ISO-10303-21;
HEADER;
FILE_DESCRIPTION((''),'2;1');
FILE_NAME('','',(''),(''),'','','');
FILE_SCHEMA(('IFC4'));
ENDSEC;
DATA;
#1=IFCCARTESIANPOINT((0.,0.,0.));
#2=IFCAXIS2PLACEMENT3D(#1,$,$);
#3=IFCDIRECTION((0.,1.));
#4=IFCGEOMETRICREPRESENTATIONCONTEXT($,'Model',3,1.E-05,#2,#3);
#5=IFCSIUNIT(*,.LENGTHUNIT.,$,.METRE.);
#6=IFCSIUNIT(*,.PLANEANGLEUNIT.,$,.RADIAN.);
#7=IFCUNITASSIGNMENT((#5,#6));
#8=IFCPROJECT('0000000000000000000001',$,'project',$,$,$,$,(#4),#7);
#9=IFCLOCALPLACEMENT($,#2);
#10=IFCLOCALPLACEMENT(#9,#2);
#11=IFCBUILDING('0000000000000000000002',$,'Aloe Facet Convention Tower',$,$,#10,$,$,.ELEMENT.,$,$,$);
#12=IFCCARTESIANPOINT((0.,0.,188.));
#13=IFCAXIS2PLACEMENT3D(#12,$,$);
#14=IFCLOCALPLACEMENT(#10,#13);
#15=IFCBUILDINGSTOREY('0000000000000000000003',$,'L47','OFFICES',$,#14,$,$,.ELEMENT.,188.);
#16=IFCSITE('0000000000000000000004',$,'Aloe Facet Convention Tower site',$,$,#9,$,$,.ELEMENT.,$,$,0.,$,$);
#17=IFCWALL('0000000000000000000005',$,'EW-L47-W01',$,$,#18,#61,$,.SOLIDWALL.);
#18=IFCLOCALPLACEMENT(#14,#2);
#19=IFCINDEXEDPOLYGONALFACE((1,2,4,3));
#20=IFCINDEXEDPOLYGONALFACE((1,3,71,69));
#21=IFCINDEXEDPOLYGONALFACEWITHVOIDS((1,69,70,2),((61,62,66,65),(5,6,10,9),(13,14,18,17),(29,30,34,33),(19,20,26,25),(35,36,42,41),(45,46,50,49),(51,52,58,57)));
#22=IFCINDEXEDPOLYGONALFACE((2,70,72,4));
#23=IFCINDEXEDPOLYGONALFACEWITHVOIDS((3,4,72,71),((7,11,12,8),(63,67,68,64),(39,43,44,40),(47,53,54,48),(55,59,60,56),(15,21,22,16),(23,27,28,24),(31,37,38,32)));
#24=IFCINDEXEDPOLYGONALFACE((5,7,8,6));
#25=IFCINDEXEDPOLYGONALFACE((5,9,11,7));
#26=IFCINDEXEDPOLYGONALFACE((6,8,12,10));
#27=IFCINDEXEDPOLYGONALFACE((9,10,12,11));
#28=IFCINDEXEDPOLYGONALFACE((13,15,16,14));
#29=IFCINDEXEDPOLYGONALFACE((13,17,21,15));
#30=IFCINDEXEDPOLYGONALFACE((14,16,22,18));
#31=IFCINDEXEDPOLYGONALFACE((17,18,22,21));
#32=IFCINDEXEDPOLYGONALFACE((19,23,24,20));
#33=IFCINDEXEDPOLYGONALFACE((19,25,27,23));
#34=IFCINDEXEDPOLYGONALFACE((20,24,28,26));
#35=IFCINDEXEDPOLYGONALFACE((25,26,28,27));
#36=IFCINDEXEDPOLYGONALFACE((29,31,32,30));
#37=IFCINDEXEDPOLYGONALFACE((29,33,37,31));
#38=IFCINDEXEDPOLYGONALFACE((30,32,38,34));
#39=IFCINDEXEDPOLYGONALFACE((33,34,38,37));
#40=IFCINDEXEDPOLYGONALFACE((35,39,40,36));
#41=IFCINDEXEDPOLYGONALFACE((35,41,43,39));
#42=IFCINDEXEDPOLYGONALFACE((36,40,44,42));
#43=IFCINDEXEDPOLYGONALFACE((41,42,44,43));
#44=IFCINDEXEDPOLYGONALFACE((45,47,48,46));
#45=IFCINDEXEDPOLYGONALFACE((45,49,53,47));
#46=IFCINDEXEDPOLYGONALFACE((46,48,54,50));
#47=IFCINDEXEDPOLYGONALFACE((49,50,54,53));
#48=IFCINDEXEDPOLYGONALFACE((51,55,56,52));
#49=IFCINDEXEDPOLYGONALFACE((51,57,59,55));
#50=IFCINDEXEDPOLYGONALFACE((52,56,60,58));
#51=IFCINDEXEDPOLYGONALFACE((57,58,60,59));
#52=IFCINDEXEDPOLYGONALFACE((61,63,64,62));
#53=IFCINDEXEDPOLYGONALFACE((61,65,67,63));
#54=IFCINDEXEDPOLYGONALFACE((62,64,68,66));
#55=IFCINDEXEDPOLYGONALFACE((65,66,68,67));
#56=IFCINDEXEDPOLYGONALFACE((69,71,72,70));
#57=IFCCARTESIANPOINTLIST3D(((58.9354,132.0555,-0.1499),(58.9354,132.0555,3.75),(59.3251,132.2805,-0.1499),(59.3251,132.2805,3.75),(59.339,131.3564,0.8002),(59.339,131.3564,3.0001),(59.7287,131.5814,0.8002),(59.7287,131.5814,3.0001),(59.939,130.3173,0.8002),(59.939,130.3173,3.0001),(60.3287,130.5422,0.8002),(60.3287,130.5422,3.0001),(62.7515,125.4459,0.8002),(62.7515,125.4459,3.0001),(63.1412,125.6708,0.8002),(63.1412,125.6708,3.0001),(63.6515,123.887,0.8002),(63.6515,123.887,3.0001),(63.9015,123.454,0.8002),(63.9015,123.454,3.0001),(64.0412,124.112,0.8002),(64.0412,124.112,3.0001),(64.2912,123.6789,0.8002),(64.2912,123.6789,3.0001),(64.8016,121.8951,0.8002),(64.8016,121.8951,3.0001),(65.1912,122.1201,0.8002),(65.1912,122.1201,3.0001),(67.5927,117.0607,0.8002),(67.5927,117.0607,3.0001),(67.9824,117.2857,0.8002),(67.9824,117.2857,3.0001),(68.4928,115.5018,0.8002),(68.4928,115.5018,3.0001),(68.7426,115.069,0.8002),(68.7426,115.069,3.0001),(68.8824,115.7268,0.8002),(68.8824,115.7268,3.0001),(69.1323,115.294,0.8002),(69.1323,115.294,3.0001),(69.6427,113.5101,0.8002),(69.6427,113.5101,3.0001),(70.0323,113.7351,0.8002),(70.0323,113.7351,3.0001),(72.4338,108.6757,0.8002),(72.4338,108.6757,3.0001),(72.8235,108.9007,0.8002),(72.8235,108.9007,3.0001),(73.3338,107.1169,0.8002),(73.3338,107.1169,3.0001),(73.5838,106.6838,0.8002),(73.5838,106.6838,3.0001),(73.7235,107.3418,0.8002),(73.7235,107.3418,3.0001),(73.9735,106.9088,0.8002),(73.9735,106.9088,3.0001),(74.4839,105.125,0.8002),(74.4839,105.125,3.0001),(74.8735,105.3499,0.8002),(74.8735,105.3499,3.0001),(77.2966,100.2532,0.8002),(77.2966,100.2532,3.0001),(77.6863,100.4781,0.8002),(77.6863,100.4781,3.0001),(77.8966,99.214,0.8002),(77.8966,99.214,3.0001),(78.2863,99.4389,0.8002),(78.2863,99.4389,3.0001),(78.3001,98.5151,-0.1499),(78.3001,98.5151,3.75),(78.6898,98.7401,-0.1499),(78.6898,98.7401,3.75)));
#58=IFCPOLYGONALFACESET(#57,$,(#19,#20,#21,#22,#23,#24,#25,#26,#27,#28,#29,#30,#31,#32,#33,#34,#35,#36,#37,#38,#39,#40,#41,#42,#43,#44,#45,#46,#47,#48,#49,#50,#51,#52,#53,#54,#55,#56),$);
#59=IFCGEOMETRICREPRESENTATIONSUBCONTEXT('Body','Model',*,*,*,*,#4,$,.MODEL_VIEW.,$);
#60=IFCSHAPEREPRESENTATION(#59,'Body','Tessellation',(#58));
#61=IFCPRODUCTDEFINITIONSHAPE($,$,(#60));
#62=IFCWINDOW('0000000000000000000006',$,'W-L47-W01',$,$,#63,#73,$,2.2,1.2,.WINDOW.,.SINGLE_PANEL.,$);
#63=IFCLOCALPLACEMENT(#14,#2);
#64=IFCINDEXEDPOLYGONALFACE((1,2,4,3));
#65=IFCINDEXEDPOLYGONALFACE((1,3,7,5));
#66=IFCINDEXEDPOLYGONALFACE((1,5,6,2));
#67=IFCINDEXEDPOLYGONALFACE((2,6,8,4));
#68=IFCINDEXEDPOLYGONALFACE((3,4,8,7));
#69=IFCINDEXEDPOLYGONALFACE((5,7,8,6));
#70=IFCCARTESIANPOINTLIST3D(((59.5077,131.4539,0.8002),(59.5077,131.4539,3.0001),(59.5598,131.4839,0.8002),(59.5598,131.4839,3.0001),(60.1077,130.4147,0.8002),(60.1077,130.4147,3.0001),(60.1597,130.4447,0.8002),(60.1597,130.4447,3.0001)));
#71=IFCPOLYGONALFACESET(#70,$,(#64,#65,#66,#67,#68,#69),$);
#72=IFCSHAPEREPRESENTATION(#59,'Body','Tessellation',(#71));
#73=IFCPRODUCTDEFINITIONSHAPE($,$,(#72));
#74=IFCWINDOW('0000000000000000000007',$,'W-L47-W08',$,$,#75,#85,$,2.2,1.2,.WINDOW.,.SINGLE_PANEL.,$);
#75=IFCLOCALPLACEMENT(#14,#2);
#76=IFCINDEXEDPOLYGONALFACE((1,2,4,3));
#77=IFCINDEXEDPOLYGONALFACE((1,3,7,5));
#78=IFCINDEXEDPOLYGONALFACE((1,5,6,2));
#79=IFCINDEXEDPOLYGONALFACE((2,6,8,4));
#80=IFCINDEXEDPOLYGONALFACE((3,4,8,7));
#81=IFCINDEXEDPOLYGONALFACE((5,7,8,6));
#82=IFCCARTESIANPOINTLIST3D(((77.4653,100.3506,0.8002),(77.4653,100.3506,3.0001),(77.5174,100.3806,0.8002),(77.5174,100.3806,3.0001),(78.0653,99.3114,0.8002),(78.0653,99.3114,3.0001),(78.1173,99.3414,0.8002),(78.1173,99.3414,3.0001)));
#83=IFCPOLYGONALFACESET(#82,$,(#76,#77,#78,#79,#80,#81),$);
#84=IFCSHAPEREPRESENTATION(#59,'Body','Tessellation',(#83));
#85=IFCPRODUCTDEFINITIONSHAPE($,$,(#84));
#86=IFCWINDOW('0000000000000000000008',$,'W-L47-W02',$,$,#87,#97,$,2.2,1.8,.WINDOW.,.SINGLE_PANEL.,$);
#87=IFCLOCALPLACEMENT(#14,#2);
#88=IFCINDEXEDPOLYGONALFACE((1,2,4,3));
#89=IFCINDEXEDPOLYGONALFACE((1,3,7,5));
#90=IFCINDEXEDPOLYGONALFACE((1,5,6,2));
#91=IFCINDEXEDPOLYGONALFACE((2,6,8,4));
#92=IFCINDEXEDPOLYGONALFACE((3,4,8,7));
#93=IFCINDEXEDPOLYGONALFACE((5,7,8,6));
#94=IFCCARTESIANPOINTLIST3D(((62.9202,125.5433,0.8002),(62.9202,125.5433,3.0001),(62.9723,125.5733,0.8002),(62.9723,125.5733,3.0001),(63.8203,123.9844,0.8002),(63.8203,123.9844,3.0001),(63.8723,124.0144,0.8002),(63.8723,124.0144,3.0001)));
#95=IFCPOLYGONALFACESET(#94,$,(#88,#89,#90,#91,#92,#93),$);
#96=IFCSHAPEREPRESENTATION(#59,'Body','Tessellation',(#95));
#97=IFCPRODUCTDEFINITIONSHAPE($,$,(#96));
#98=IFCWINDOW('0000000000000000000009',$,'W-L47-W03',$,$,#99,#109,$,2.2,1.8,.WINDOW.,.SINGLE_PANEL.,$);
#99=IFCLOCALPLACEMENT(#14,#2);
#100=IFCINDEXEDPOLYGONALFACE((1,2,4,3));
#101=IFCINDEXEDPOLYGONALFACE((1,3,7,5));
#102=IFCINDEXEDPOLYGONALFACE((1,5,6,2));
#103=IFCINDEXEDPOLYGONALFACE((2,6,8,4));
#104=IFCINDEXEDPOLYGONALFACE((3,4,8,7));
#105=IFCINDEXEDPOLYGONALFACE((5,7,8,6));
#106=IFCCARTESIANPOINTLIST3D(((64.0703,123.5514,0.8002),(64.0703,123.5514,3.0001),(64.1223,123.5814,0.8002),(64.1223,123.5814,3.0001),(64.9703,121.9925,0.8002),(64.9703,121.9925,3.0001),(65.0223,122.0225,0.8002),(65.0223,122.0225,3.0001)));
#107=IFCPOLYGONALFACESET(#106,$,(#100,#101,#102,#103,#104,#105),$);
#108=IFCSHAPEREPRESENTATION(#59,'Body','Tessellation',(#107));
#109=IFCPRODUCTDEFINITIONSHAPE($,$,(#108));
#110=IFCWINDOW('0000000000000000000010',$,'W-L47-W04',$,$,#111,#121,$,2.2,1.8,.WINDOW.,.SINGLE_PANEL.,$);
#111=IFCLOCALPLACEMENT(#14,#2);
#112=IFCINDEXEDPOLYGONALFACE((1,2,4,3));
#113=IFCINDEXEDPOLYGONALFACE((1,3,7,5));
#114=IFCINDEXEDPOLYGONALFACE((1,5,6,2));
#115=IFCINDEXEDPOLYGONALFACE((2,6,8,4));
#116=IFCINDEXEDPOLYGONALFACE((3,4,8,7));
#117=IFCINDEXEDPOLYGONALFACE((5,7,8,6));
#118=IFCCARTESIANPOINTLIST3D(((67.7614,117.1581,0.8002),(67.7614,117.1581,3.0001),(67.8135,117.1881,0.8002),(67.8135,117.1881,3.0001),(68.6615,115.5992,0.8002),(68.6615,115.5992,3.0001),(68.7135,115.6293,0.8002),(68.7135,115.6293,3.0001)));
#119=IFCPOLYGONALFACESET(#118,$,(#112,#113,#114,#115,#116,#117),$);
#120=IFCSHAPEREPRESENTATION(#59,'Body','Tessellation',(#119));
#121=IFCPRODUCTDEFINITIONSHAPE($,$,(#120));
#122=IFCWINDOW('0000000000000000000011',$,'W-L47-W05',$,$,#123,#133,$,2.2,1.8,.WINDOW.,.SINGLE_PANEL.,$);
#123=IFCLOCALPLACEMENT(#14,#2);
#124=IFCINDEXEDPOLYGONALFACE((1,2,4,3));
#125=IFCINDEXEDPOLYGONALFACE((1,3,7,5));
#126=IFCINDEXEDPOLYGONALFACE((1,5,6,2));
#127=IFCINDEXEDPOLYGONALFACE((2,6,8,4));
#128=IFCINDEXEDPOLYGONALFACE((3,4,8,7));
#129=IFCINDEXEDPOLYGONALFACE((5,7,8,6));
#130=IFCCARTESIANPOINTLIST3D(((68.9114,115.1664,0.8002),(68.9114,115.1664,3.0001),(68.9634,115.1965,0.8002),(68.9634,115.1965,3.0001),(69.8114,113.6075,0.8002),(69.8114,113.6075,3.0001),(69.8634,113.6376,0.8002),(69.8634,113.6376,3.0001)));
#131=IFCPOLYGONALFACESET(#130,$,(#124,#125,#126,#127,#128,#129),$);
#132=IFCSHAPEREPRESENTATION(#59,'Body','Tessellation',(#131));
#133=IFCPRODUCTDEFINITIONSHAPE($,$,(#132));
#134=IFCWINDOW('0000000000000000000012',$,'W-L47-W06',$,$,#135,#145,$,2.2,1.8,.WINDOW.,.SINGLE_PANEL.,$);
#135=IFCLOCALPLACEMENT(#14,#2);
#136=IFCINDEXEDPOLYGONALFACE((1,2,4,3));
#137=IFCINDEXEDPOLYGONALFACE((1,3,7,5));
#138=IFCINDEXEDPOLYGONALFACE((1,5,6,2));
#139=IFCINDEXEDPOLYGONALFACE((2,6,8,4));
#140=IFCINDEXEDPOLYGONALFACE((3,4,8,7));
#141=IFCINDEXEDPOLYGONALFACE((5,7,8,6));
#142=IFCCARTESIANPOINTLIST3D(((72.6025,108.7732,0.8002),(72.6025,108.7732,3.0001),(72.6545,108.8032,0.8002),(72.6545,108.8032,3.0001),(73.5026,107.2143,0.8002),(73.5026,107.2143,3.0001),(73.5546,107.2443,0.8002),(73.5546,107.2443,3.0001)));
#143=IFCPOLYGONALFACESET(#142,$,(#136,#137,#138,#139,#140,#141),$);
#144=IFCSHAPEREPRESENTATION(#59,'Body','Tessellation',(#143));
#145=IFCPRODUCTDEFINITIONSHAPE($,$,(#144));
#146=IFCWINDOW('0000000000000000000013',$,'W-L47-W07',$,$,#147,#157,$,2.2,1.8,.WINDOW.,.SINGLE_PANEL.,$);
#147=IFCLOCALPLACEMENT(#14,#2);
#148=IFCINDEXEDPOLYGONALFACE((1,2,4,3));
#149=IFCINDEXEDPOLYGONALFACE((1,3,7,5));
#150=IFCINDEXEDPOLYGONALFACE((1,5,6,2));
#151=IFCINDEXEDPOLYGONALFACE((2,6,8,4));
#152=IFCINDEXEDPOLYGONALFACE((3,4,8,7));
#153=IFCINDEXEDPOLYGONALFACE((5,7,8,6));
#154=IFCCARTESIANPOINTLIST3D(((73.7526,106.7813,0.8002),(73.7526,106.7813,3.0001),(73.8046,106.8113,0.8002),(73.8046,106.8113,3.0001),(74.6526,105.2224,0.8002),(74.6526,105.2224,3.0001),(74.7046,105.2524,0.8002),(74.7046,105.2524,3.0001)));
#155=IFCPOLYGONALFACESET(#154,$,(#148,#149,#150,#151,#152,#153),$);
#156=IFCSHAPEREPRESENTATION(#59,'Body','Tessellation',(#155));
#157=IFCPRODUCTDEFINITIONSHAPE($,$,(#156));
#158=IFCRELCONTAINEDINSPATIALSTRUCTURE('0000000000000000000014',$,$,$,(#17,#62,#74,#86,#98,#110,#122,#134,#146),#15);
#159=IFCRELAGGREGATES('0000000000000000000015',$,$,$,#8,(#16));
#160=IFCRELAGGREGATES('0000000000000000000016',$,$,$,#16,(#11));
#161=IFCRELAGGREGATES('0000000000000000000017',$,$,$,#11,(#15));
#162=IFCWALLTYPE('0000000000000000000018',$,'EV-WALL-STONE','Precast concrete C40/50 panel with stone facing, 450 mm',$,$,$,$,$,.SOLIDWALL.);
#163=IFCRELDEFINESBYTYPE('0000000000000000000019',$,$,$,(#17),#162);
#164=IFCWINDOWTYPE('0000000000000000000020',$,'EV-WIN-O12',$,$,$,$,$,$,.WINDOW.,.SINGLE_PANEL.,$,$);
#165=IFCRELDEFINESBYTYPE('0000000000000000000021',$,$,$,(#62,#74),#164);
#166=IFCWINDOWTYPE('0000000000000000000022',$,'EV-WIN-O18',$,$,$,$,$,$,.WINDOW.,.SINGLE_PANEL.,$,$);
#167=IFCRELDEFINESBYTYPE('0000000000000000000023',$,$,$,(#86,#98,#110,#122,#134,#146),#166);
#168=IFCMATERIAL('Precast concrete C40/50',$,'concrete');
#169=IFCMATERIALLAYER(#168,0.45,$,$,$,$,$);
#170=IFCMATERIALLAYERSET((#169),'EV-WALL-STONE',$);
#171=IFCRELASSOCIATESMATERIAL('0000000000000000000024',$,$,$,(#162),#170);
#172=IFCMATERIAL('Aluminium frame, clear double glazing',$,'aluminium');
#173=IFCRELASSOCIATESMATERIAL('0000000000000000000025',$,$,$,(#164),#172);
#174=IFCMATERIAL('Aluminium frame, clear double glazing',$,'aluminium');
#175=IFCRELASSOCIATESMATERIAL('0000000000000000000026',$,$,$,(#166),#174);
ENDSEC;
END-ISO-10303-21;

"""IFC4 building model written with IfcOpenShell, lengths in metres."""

from ifc_helpers import new_model, si_unit, direction, frame, frame_2d, origin, place, context, subcontext, project, spatial, polyline, rectangle, outline, extrude, material, layer, layer_set, type_object, element, fill, save


model = new_model("IFC4")

# Units and contexts
model_context = context("Model", 3, precision=1e-05, world=origin(), true_north=direction((0.0, 1.0)))
body_context = subcontext(model_context, "Body", "Model", "MODEL_VIEW")
ifc_project = project(units=[si_unit("LENGTHUNIT", "METRE"), si_unit("PLANEANGLEUNIT", "RADIAN")], contexts=[model_context])

# Site, building, storey
site_placement = place(None, origin())
site = spatial("IfcSite", under=ifc_project, at=site_placement, Name="Aloe Facet Convention Tower site", CompositionType="ELEMENT", RefElevation=0.0)
building_placement = place(site_placement, origin())
building = spatial("IfcBuilding", under=site, at=building_placement, Name="Aloe Facet Convention Tower", CompositionType="ELEMENT")
storey_placement = place(building_placement, frame((0.0, 0.0, 188.0)))
storey = spatial("IfcBuildingStorey", under=building, at=storey_placement, Name="L47", Description="OFFICES", CompositionType="ELEMENT", Elevation=188.0)

# Wall, openings, windows
ifc_material_1 = material(Name="Precast concrete C40/50", Category="concrete")
ifc_layer_1 = layer(ifc_material_1, 0.45)
ifc_layer_set_1 = layer_set([ifc_layer_1], Name="EV-WALL-STONE")
wall_type_1 = type_object("IfcWallType", Name="EV-WALL-STONE", Description="Precast concrete C40/50 panel with stone facing, 450 mm", PredefinedType="SOLIDWALL", material=ifc_layer_set_1)
wall_1_placement = place(storey_placement, frame((59.1301, 132.168, -0.1499), z_axis=(0.0, 0.0, 1.0), x_axis=(0.500002, -0.866024, 0.0)))
wall_1 = element("IfcWall", 1, at=wall_1_placement, inside=storey, type_object=wall_type_1, Name="EW-L47-W01", PredefinedType="SOLIDWALL", context=body_context, shape_type="SweptSolid", body=[
    extrude(outline(polyline([(38.7292, 0.0), (38.7292, 3.8999), (0.0, 3.8999), (0.0, 0.0), (38.7292, 0.0)])), frame((0.0, 0.2251, 0.0), z_axis=(0.0, -1.0, 0.0), x_axis=(1.0, 0.0, 0.0)), (0.0, 0.0, 1.0), 0.45),
])
opening_1_placement = place(wall_1_placement, frame((0.8071, 0.0, 0.95)))
opening_1 = element("IfcOpeningElement", 2, at=opening_1_placement, cuts=wall_1, PredefinedType="OPENING", context=body_context, shape_type="SweptSolid", body=[
    extrude(rectangle(XDim=1.2, YDim=2.2, at=frame_2d((0.6001, 1.1001))), frame((0.0, 0.2349, 0.0), z_axis=(0.0, -1.0, 0.0), x_axis=(1.0, 0.0, 0.0)), (0.0, 0.0, 1.0), 0.47),
])
opening_2_placement = place(wall_1_placement, frame((7.6323, 0.0, 0.95)))
opening_2 = element("IfcOpeningElement", 3, at=opening_2_placement, cuts=wall_1, PredefinedType="OPENING", context=body_context, shape_type="SweptSolid", body=[
    extrude(rectangle(XDim=1.8, YDim=2.2, at=frame_2d((0.8999, 1.1001))), frame((0.0, 0.2349, 0.0), z_axis=(0.0, -1.0, 0.0), x_axis=(1.0, 0.0, 0.0)), (0.0, 0.0, 1.0), 0.47),
])
opening_3_placement = place(wall_1_placement, frame((9.9324, 0.0, 0.95)))
opening_3 = element("IfcOpeningElement", 4, at=opening_3_placement, cuts=wall_1, PredefinedType="OPENING", context=body_context, shape_type="SweptSolid", body=[
    extrude(rectangle(XDim=1.8, YDim=2.2, at=frame_2d((0.8999, 1.1001))), frame((0.0, 0.2349, 0.0), z_axis=(0.0, -1.0, 0.0), x_axis=(1.0, 0.0, 0.0)), (0.0, 0.0, 1.0), 0.47),
])
opening_4_placement = place(wall_1_placement, frame((17.3147, 0.0, 0.95)))
opening_4 = element("IfcOpeningElement", 5, at=opening_4_placement, cuts=wall_1, PredefinedType="OPENING", context=body_context, shape_type="SweptSolid", body=[
    extrude(rectangle(XDim=1.8, YDim=2.2, at=frame_2d((0.8999, 1.1001))), frame((0.0, 0.2349, 0.0), z_axis=(0.0, -1.0, 0.0), x_axis=(1.0, 0.0, 0.0)), (0.0, 0.0, 1.0), 0.47),
])
opening_5_placement = place(wall_1_placement, frame((19.6145, 0.0, 0.95)))
opening_5 = element("IfcOpeningElement", 6, at=opening_5_placement, cuts=wall_1, PredefinedType="OPENING", context=body_context, shape_type="SweptSolid", body=[
    extrude(rectangle(XDim=1.8, YDim=2.2, at=frame_2d((0.8999, 1.1001))), frame((0.0, 0.2349, 0.0), z_axis=(0.0, -1.0, 0.0), x_axis=(1.0, 0.0, 0.0)), (0.0, 0.0, 1.0), 0.47),
])
opening_6_placement = place(wall_1_placement, frame((26.9968, 0.0, 0.95)))
opening_6 = element("IfcOpeningElement", 7, at=opening_6_placement, cuts=wall_1, PredefinedType="OPENING", context=body_context, shape_type="SweptSolid", body=[
    extrude(rectangle(XDim=1.8, YDim=2.2, at=frame_2d((0.8999, 1.1001))), frame((0.0, 0.2349, 0.0), z_axis=(0.0, -1.0, 0.0), x_axis=(1.0, 0.0, 0.0)), (0.0, 0.0, 1.0), 0.47),
])
opening_7_placement = place(wall_1_placement, frame((29.2969, 0.0, 0.95)))
opening_7 = element("IfcOpeningElement", 8, at=opening_7_placement, cuts=wall_1, PredefinedType="OPENING", context=body_context, shape_type="SweptSolid", body=[
    extrude(rectangle(XDim=1.8, YDim=2.2, at=frame_2d((0.8999, 1.1001))), frame((0.0, 0.2349, 0.0), z_axis=(0.0, -1.0, 0.0), x_axis=(1.0, 0.0, 0.0)), (0.0, 0.0, 1.0), 0.47),
])
opening_8_placement = place(wall_1_placement, frame((36.7222, 0.0, 0.95)))
opening_8 = element("IfcOpeningElement", 9, at=opening_8_placement, cuts=wall_1, PredefinedType="OPENING", context=body_context, shape_type="SweptSolid", body=[
    extrude(rectangle(XDim=1.2, YDim=2.2, at=frame_2d((0.6001, 1.1001))), frame((0.0, 0.2349, 0.0), z_axis=(0.0, -1.0, 0.0), x_axis=(1.0, 0.0, 0.0)), (0.0, 0.0, 1.0), 0.47),
])
ifc_material_2 = material(Name="Aluminium frame, clear double glazing", Category="aluminium")
window_type_1 = type_object("IfcWindowType", Name="EV-WIN-O12", PartitioningType="SINGLE_PANEL", PredefinedType="WINDOW", material=ifc_material_2)
window_1_placement = place(opening_1_placement, origin())
window_1 = element("IfcWindow", 10, at=window_1_placement, inside=storey, type_object=window_type_1, Name="W-L47-W01", OverallHeight=2.2, OverallWidth=1.2, PartitioningType="SINGLE_PANEL", PredefinedType="WINDOW", context=body_context, shape_type="SweptSolid", body=[
    extrude(rectangle(XDim=1.2, YDim=2.2, at=frame_2d((0.6001, 1.1001))), frame((0.0, 0.03, 0.0), z_axis=(0.0, -1.0, 0.0), x_axis=(1.0, 0.0, 0.0)), (0.0, 0.0, 1.0), 0.0601),
])
fill(opening_1, window_1)
window_2_placement = place(opening_8_placement, origin())
window_2 = element("IfcWindow", 11, at=window_2_placement, inside=storey, type_object=window_type_1, Name="W-L47-W08", OverallHeight=2.2, OverallWidth=1.2, PartitioningType="SINGLE_PANEL", PredefinedType="WINDOW", context=body_context, shape_type="SweptSolid", body=[
    extrude(rectangle(XDim=1.2, YDim=2.2, at=frame_2d((0.6001, 1.1001))), frame((0.0, 0.03, 0.0), z_axis=(0.0, -1.0, 0.0), x_axis=(1.0, 0.0, 0.0)), (0.0, 0.0, 1.0), 0.0601),
])
fill(opening_8, window_2)
ifc_material_3 = material(Name="Aluminium frame, clear double glazing", Category="aluminium")
window_type_2 = type_object("IfcWindowType", Name="EV-WIN-O18", PartitioningType="SINGLE_PANEL", PredefinedType="WINDOW", material=ifc_material_3)
window_3_placement = place(opening_2_placement, origin())
window_3 = element("IfcWindow", 12, at=window_3_placement, inside=storey, type_object=window_type_2, Name="W-L47-W02", OverallHeight=2.2, OverallWidth=1.8, PartitioningType="SINGLE_PANEL", PredefinedType="WINDOW", context=body_context, shape_type="SweptSolid", body=[
    extrude(rectangle(XDim=1.8, YDim=2.2, at=frame_2d((0.8999, 1.1001))), frame((0.0, 0.03, 0.0), z_axis=(0.0, -1.0, 0.0), x_axis=(1.0, 0.0, 0.0)), (0.0, 0.0, 1.0), 0.0601),
])
fill(opening_2, window_3)
window_4_placement = place(opening_3_placement, origin())
window_4 = element("IfcWindow", 13, at=window_4_placement, inside=storey, type_object=window_type_2, Name="W-L47-W03", OverallHeight=2.2, OverallWidth=1.8, PartitioningType="SINGLE_PANEL", PredefinedType="WINDOW", context=body_context, shape_type="SweptSolid", body=[
    extrude(rectangle(XDim=1.8, YDim=2.2, at=frame_2d((0.8999, 1.1001))), frame((0.0, 0.03, 0.0), z_axis=(0.0, -1.0, 0.0), x_axis=(1.0, 0.0, 0.0)), (0.0, 0.0, 1.0), 0.0601),
])
fill(opening_3, window_4)
window_5_placement = place(opening_4_placement, origin())
window_5 = element("IfcWindow", 14, at=window_5_placement, inside=storey, type_object=window_type_2, Name="W-L47-W04", OverallHeight=2.2, OverallWidth=1.8, PartitioningType="SINGLE_PANEL", PredefinedType="WINDOW", context=body_context, shape_type="SweptSolid", body=[
    extrude(rectangle(XDim=1.8, YDim=2.2, at=frame_2d((0.8999, 1.1001))), frame((0.0, 0.03, 0.0), z_axis=(0.0, -1.0, 0.0), x_axis=(1.0, 0.0, 0.0)), (0.0, 0.0, 1.0), 0.0601),
])
fill(opening_4, window_5)
window_6_placement = place(opening_5_placement, origin())
window_6 = element("IfcWindow", 15, at=window_6_placement, inside=storey, type_object=window_type_2, Name="W-L47-W05", OverallHeight=2.2, OverallWidth=1.8, PartitioningType="SINGLE_PANEL", PredefinedType="WINDOW", context=body_context, shape_type="SweptSolid", body=[
    extrude(rectangle(XDim=1.8, YDim=2.2, at=frame_2d((0.8999, 1.1001))), frame((0.0, 0.03, 0.0), z_axis=(0.0, -1.0, 0.0), x_axis=(1.0, 0.0, 0.0)), (0.0, 0.0, 1.0), 0.0601),
])
fill(opening_5, window_6)
window_7_placement = place(opening_6_placement, origin())
window_7 = element("IfcWindow", 16, at=window_7_placement, inside=storey, type_object=window_type_2, Name="W-L47-W06", OverallHeight=2.2, OverallWidth=1.8, PartitioningType="SINGLE_PANEL", PredefinedType="WINDOW", context=body_context, shape_type="SweptSolid", body=[
    extrude(rectangle(XDim=1.8, YDim=2.2, at=frame_2d((0.8999, 1.1001))), frame((0.0, 0.03, 0.0), z_axis=(0.0, -1.0, 0.0), x_axis=(1.0, 0.0, 0.0)), (0.0, 0.0, 1.0), 0.0601),
])
fill(opening_6, window_7)
window_8_placement = place(opening_7_placement, origin())
window_8 = element("IfcWindow", 17, at=window_8_placement, inside=storey, type_object=window_type_2, Name="W-L47-W07", OverallHeight=2.2, OverallWidth=1.8, PartitioningType="SINGLE_PANEL", PredefinedType="WINDOW", context=body_context, shape_type="SweptSolid", body=[
    extrude(rectangle(XDim=1.8, YDim=2.2, at=frame_2d((0.8999, 1.1001))), frame((0.0, 0.03, 0.0), z_axis=(0.0, -1.0, 0.0), x_axis=(1.0, 0.0, 0.0)), (0.0, 0.0, 1.0), 0.0601),
])
fill(opening_7, window_8)

save(model, "model.ifc")
